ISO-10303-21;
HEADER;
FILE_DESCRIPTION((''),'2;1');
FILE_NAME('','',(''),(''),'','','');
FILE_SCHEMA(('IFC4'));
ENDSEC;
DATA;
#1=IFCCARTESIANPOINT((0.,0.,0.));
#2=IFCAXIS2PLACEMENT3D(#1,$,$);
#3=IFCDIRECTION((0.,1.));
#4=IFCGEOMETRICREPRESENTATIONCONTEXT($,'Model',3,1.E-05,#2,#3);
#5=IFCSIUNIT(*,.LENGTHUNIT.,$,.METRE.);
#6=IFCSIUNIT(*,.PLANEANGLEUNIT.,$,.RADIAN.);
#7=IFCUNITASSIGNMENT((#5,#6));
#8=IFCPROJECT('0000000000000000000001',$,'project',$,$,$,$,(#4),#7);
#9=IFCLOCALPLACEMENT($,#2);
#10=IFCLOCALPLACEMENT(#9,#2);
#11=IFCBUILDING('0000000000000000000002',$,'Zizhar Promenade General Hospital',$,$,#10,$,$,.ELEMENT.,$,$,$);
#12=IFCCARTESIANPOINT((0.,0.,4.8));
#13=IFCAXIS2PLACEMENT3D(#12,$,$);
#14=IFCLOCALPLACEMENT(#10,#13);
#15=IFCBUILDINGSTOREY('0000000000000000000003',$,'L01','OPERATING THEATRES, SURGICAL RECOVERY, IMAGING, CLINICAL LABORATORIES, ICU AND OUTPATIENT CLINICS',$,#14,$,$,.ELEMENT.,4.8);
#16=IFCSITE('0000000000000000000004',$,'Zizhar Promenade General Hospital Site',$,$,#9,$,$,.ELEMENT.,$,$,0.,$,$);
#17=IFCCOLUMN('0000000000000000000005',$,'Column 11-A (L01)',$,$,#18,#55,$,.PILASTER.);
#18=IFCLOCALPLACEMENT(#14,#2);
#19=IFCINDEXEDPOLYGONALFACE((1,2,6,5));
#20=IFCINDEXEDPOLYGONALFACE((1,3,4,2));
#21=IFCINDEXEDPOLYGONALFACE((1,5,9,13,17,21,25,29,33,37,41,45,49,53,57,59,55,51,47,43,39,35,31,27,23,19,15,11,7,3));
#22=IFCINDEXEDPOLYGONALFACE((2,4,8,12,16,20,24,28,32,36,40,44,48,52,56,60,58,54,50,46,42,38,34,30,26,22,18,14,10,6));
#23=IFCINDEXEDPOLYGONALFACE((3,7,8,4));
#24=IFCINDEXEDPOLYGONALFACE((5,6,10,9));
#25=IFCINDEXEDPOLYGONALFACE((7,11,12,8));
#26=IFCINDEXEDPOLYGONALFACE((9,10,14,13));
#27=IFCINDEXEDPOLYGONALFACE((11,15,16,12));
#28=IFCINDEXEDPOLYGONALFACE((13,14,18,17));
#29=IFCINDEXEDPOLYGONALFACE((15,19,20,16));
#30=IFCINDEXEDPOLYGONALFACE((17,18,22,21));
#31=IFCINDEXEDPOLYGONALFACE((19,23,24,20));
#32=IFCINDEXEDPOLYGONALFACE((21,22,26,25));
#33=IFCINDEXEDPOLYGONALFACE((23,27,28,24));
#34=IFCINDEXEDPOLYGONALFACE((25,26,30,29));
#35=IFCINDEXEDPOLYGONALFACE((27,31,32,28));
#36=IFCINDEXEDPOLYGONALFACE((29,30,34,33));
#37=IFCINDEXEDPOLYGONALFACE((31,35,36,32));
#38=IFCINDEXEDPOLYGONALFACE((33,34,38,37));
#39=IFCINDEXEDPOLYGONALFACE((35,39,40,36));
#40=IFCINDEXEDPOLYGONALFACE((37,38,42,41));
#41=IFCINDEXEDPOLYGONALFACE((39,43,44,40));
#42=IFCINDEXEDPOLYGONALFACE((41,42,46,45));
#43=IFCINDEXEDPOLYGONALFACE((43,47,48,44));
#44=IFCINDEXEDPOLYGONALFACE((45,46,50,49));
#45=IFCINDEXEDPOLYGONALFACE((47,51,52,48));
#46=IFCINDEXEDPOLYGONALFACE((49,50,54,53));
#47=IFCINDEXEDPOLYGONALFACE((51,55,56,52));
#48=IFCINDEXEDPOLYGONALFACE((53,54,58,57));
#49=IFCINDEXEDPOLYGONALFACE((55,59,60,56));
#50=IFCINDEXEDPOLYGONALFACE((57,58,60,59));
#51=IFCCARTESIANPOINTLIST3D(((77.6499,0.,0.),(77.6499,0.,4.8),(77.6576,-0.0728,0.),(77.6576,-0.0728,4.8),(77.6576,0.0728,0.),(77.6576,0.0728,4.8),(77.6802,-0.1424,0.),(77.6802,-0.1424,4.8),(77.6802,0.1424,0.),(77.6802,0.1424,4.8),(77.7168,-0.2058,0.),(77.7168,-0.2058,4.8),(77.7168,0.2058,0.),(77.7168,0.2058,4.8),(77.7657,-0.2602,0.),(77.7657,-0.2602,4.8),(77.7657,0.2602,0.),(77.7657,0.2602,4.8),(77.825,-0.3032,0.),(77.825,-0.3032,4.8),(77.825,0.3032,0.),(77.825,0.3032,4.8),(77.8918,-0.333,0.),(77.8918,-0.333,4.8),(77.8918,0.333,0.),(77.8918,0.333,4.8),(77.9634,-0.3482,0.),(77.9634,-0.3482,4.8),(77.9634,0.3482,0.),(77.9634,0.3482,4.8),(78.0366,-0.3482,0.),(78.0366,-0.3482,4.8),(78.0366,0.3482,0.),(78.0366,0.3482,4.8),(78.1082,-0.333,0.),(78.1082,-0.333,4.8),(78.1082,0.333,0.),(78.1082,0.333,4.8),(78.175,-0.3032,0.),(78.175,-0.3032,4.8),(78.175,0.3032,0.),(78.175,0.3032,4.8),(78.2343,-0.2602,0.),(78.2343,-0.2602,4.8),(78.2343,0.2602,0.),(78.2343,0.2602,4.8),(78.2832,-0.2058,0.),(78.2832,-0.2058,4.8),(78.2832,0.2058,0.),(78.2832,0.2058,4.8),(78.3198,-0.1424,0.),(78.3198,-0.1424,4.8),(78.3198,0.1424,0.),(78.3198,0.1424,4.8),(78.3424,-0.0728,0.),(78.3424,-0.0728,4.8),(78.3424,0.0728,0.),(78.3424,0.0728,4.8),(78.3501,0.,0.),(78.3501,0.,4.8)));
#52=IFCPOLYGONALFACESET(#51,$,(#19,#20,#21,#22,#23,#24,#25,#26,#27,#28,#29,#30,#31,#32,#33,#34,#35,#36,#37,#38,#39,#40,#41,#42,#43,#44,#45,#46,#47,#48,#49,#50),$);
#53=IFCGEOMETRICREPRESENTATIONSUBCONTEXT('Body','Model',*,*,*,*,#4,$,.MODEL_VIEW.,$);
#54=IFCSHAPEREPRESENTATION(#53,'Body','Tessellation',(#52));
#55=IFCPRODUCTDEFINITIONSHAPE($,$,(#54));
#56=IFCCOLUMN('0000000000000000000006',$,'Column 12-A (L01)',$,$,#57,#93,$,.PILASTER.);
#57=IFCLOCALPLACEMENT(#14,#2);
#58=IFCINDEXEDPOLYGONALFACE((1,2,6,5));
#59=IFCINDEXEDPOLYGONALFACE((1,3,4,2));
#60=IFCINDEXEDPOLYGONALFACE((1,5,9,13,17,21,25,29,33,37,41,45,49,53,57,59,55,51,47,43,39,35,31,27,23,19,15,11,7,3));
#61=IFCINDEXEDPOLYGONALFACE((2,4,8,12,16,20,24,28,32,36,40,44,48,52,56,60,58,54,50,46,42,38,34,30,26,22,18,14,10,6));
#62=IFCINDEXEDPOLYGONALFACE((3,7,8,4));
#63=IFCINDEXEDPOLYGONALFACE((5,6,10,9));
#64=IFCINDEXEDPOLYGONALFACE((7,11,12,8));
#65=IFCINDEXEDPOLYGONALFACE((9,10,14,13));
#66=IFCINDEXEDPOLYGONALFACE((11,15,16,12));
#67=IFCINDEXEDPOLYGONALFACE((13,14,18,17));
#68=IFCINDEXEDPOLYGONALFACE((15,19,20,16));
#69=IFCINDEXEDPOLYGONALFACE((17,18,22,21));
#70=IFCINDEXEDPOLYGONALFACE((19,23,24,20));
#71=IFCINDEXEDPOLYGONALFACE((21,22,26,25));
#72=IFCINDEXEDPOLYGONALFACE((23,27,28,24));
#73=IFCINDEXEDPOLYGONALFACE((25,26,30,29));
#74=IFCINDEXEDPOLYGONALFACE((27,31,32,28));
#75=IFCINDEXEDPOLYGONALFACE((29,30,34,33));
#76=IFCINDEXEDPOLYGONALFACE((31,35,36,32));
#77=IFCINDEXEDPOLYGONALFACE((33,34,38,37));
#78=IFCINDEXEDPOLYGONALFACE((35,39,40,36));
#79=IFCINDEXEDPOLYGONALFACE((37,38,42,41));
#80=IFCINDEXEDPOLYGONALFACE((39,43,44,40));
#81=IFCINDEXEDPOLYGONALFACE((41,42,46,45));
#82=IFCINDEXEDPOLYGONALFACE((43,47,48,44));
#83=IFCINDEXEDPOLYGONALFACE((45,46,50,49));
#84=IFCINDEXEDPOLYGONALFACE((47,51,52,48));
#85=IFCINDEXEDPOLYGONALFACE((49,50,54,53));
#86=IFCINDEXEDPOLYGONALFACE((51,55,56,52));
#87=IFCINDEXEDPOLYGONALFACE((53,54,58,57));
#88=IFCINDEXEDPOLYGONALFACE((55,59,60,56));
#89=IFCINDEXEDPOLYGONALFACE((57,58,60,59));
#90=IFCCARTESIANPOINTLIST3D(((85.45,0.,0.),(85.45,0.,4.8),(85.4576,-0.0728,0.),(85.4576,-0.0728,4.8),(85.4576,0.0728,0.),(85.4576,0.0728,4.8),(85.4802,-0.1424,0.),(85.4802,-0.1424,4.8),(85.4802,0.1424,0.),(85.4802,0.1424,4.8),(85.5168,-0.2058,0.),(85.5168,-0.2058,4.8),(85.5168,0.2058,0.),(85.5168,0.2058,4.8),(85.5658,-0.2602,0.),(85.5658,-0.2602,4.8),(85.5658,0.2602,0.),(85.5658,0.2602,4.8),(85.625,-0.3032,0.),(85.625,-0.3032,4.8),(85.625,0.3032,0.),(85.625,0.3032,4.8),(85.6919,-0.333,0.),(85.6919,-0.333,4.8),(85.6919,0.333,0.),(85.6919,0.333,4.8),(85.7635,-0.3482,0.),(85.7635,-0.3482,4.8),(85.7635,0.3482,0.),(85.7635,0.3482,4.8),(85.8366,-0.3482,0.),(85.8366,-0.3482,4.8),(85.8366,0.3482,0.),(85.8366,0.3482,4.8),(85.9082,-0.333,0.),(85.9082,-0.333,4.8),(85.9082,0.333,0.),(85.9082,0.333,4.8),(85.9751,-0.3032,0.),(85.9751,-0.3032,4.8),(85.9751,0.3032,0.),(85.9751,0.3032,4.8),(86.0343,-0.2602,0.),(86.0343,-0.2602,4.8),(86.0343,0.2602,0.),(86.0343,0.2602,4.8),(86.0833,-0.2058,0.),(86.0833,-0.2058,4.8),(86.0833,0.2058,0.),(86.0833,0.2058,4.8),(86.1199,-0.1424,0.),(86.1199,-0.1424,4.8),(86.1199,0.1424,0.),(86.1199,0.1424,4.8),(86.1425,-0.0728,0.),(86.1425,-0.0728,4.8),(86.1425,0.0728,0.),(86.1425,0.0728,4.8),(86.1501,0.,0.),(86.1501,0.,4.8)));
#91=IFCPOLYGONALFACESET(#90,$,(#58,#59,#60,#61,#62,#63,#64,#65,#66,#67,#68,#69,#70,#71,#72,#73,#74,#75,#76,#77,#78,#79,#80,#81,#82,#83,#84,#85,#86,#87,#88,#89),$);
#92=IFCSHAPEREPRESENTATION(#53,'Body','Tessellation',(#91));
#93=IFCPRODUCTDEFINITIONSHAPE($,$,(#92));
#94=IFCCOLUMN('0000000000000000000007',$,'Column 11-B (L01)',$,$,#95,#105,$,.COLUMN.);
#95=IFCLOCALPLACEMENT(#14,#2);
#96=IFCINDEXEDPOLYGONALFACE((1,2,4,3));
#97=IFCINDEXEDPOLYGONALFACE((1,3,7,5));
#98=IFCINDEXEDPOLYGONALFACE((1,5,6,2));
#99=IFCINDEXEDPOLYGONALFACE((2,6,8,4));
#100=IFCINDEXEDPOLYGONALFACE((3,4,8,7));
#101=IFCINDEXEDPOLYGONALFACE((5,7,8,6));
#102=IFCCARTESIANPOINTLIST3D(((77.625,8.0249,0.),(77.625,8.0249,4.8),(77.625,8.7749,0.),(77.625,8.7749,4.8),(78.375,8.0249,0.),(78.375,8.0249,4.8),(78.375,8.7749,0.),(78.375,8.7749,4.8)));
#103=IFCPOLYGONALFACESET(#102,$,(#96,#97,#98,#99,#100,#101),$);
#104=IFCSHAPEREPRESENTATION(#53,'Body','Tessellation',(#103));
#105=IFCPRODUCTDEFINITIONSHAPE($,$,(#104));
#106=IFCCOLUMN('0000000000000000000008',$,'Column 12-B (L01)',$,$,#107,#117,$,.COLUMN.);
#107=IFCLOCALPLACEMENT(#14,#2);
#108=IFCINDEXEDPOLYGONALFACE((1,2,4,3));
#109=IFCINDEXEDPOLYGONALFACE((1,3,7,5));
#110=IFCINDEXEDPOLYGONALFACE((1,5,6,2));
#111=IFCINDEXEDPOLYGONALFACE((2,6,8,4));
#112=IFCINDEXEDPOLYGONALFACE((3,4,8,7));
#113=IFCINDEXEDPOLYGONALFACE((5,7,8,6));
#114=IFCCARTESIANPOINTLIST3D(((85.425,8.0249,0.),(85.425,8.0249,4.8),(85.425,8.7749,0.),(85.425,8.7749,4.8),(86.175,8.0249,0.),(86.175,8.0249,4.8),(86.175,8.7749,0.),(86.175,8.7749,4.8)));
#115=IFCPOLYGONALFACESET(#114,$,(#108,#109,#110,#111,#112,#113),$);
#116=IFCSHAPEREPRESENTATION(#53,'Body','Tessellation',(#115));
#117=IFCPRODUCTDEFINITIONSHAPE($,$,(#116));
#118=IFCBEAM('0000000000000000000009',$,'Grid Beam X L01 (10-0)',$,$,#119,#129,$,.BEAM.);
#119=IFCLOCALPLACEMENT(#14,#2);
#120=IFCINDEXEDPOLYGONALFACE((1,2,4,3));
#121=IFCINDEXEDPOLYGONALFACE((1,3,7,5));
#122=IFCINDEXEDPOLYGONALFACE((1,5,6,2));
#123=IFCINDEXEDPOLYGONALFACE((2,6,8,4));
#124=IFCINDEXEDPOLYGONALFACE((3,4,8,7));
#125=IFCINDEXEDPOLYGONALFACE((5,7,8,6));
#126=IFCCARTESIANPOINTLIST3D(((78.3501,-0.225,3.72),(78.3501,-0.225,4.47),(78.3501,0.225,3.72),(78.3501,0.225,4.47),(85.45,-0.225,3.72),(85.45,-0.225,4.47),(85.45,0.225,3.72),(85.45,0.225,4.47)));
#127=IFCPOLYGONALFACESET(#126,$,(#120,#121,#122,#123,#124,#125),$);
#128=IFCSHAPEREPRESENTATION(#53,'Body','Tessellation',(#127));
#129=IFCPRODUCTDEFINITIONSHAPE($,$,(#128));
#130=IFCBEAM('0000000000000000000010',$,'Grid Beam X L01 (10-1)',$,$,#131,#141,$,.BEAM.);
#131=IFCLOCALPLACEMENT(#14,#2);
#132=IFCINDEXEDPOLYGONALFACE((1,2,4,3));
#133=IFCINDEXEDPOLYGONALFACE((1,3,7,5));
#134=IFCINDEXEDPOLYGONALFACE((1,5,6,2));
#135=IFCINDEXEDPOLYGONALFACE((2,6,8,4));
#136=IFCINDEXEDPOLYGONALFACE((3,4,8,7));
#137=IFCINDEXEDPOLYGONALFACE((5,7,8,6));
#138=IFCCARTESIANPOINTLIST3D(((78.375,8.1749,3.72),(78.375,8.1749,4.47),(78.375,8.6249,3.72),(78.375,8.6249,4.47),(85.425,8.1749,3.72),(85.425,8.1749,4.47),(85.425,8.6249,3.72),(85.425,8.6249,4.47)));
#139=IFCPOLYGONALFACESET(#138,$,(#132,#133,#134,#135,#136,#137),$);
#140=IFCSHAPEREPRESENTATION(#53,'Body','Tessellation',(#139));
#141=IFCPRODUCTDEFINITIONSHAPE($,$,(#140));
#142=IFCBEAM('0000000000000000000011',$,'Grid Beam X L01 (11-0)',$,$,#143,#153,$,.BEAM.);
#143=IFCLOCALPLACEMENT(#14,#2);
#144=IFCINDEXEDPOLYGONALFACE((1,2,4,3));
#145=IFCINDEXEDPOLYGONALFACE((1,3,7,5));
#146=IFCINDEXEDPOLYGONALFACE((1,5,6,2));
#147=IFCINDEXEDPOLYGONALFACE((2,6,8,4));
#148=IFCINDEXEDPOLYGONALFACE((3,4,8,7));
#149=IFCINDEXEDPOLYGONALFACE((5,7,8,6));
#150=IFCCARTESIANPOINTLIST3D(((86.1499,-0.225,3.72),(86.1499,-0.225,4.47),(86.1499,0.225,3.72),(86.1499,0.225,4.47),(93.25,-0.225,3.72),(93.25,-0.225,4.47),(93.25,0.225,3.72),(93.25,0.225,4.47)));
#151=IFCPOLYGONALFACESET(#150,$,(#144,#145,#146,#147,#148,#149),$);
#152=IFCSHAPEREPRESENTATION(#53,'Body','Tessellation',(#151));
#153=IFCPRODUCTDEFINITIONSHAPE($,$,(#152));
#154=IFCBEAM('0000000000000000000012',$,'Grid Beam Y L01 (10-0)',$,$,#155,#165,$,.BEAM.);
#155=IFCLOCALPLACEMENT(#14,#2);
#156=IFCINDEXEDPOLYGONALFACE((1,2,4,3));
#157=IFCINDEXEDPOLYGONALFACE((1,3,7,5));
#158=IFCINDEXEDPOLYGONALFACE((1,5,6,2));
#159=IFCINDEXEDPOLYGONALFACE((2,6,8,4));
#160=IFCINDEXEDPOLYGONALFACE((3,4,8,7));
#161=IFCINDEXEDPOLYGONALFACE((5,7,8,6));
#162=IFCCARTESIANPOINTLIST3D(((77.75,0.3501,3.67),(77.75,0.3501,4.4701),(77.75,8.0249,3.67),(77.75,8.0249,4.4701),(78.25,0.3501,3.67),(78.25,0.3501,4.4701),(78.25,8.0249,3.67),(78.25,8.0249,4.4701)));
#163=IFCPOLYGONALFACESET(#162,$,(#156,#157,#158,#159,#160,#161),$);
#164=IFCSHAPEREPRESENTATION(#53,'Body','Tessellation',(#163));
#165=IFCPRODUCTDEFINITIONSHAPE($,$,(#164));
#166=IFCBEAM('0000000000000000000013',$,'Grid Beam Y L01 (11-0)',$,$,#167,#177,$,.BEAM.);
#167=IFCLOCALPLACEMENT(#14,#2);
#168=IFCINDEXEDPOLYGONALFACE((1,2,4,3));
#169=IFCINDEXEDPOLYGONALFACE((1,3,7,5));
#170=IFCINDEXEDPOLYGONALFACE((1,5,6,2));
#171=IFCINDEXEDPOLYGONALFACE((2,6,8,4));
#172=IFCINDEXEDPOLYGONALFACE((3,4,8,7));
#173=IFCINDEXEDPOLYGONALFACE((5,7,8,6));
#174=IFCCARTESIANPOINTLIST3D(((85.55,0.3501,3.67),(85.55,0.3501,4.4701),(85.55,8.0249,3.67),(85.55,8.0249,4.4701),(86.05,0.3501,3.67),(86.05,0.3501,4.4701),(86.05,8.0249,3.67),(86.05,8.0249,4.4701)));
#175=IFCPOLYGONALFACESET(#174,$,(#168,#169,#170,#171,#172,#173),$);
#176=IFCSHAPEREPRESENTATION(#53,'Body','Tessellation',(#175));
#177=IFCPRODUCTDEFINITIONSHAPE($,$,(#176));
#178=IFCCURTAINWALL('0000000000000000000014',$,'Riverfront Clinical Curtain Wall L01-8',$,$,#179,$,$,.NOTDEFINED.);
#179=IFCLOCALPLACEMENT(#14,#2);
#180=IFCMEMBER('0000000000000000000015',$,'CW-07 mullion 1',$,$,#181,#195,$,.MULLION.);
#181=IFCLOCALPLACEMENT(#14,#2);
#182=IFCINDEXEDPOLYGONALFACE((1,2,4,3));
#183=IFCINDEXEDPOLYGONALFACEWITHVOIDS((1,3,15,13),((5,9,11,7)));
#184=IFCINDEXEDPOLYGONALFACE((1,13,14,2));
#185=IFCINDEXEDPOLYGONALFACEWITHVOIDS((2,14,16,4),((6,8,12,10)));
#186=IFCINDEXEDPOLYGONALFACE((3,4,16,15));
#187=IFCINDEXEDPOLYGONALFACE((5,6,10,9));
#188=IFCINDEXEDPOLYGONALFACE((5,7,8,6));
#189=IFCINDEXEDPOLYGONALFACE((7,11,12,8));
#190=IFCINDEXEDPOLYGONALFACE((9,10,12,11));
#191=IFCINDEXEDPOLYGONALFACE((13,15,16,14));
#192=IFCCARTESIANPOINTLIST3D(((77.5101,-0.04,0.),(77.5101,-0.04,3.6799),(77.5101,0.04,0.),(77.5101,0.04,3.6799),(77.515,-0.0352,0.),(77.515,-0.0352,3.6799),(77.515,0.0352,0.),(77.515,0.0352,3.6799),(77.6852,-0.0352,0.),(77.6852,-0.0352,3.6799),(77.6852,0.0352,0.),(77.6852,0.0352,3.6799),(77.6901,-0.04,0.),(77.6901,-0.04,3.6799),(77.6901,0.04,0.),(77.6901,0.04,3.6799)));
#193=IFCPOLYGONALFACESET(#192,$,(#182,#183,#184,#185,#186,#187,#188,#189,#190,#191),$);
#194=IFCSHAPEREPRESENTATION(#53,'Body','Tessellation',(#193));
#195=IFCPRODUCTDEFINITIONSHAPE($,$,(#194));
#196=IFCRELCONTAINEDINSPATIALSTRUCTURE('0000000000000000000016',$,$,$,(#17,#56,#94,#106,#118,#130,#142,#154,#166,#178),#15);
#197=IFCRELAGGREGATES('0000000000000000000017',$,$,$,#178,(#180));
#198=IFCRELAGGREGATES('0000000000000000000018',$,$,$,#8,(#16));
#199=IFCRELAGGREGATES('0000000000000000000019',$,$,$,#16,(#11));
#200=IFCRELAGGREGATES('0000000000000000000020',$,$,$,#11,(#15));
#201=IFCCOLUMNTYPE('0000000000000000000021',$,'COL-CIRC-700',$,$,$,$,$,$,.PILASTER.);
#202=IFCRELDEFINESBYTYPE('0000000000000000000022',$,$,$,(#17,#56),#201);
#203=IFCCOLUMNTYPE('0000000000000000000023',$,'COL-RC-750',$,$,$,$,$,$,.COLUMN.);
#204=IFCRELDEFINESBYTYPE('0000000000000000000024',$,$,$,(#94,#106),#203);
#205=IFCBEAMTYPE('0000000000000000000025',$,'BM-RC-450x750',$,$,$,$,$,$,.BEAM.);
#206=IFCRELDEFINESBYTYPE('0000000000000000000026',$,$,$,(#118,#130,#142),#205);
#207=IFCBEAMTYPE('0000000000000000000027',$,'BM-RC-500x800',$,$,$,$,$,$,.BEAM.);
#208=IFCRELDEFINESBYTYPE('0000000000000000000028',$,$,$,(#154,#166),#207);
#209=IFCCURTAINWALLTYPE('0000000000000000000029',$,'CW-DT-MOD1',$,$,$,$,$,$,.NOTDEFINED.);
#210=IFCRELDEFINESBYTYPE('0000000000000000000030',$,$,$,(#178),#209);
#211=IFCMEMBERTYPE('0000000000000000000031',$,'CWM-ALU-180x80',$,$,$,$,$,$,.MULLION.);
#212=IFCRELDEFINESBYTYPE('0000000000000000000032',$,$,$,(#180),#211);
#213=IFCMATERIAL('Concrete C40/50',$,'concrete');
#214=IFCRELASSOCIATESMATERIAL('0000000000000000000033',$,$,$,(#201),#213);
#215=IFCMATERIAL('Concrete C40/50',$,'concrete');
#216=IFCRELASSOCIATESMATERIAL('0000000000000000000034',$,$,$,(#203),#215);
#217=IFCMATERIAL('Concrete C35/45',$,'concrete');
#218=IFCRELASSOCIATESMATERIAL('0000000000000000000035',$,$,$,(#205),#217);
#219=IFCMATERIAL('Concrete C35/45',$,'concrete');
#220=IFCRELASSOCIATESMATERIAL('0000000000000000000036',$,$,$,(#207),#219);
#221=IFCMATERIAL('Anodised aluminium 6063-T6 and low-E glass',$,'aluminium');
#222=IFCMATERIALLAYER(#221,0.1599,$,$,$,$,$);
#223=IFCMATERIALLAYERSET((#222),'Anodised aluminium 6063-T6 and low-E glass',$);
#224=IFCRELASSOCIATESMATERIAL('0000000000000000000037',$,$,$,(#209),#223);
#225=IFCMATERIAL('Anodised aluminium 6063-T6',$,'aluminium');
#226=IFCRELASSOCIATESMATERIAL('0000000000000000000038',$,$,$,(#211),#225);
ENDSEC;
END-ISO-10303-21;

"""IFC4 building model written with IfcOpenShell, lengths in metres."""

from ifc_helpers import new_model, si_unit, direction, frame, origin, origin_2d, place, context, subcontext, project, spatial, rectangle, hollow_rectangle, circle, extrude, material, layer, layer_set, material_profile, profile_set, type_object, element, aggregate, save


model = new_model("IFC4")

# Units and contexts
model_context = context("Model", 3, precision=1e-05, world=origin(), true_north=direction((0.0, 1.0)))
body_context = subcontext(model_context, "Body", "Model", "MODEL_VIEW")
ifc_project = project(units=[si_unit("LENGTHUNIT", "METRE"), si_unit("PLANEANGLEUNIT", "RADIAN")], contexts=[model_context])

# Site, building, storey
site_placement = place(None, origin())
site = spatial("IfcSite", under=ifc_project, at=site_placement, Name="Zizhar Promenade General Hospital Site", CompositionType="ELEMENT", RefElevation=0.0)
building_placement = place(site_placement, origin())
building = spatial("IfcBuilding", under=site, at=building_placement, Name="Zizhar Promenade General Hospital", CompositionType="ELEMENT")
storey_placement = place(building_placement, frame((0.0, 0.0, 4.8)))
storey = spatial("IfcBuildingStorey", under=building, at=storey_placement, Name="L01", Description="OPERATING THEATRES, SURGICAL RECOVERY, IMAGING, CLINICAL LABORATORIES, ICU AND OUTPATIENT CLINICS", CompositionType="ELEMENT", Elevation=4.8)

# Columns
ifc_material_1 = material(Name="Concrete C40/50", Category="concrete")
ifc_material_profile_1 = material_profile(ifc_material_1, circle(Radius=0.3501, at=origin_2d()))
ifc_profile_set_1 = profile_set([ifc_material_profile_1], Name="Concrete C40/50")
column_type_1 = type_object("IfcColumnType", Name="COL-CIRC-700", PredefinedType="PILASTER", material=ifc_profile_set_1)
for number, where, z_axis, x_axis, name in (
    (1, (78.0, 0.0, 0.0), (0.0, 0.0, 1.0), (1.0, 0.0, 0.0), "Column 11-A (L01)"),
    (2, (85.8, 0.0, 0.0), (0.0, 0.0, 1.0), (1.0, 0.0, 0.0), "Column 12-A (L01)"),
):
    element("IfcColumn", number, at=place(storey_placement, frame(where, z_axis=z_axis, x_axis=x_axis)), inside=storey, type_object=column_type_1, Name=name, PredefinedType="PILASTER", context=body_context, shape_type="SweptSolid", body=[
        extrude(circle(Radius=0.3501, at=origin_2d()), origin(), (0.0, 0.0, 1.0), 4.8),
    ])
ifc_material_2 = material(Name="Concrete C40/50", Category="concrete")
ifc_material_profile_2 = material_profile(ifc_material_2, rectangle(XDim=0.75, YDim=0.75, at=origin_2d()))
ifc_profile_set_2 = profile_set([ifc_material_profile_2], Name="Concrete C40/50")
column_type_2 = type_object("IfcColumnType", Name="COL-RC-750", PredefinedType="COLUMN", material=ifc_profile_set_2)
for number, where, z_axis, x_axis, name in (
    (3, (78.0, 8.3999, 0.0), (0.0, 0.0, 1.0), (1.0, 0.0, 0.0), "Column 11-B (L01)"),
    (4, (85.8, 8.3999, 0.0), (0.0, 0.0, 1.0), (1.0, 0.0, 0.0), "Column 12-B (L01)"),
):
    element("IfcColumn", number, at=place(storey_placement, frame(where, z_axis=z_axis, x_axis=x_axis)), inside=storey, type_object=column_type_2, Name=name, PredefinedType="COLUMN", context=body_context, shape_type="SweptSolid", body=[
        extrude(rectangle(XDim=0.75, YDim=0.75, at=origin_2d()), origin(), (0.0, 0.0, 1.0), 4.8),
    ])

# Beams
ifc_material_3 = material(Name="Concrete C35/45", Category="concrete")
ifc_material_profile_3 = material_profile(ifc_material_3, rectangle(XDim=0.45, YDim=0.75, at=origin_2d()))
ifc_profile_set_3 = profile_set([ifc_material_profile_3], Name="Concrete C35/45")
beam_type_1 = type_object("IfcBeamType", Name="BM-RC-450x750", PredefinedType="BEAM", material=ifc_profile_set_3)
beam_1_placement = place(storey_placement, frame((78.3501, 0.0, 4.095), z_axis=(1.0, 0.0, 0.0), x_axis=(0.0, 1.0, 0.0)))
element("IfcBeam", 5, at=beam_1_placement, inside=storey, type_object=beam_type_1, Name="Grid Beam X L01 (10-0)", PredefinedType="BEAM", context=body_context, shape_type="SweptSolid", body=[
    extrude(rectangle(XDim=0.45, YDim=0.75, at=origin_2d()), origin(), (0.0, 0.0, 1.0), 7.0999),
])
beam_2_placement = place(storey_placement, frame((78.375, 8.3999, 4.095), z_axis=(1.0, 0.0, 0.0), x_axis=(0.0, 1.0, 0.0)))
element("IfcBeam", 6, at=beam_2_placement, inside=storey, type_object=beam_type_1, Name="Grid Beam X L01 (10-1)", PredefinedType="BEAM", context=body_context, shape_type="SweptSolid", body=[
    extrude(rectangle(XDim=0.45, YDim=0.75, at=origin_2d()), origin(), (0.0, 0.0, 1.0), 7.05),
])
beam_3_placement = place(storey_placement, frame((86.1499, 0.0, 4.095), z_axis=(1.0, 0.0, 0.0), x_axis=(0.0, 1.0, 0.0)))
element("IfcBeam", 7, at=beam_3_placement, inside=storey, type_object=beam_type_1, Name="Grid Beam X L01 (11-0)", PredefinedType="BEAM", context=body_context, shape_type="SweptSolid", body=[
    extrude(rectangle(XDim=0.45, YDim=0.75, at=origin_2d()), origin(), (0.0, 0.0, 1.0), 7.1001),
])
ifc_material_4 = material(Name="Concrete C35/45", Category="concrete")
ifc_material_profile_4 = material_profile(ifc_material_4, rectangle(XDim=0.5, YDim=0.8, at=origin_2d()))
ifc_profile_set_4 = profile_set([ifc_material_profile_4], Name="Concrete C35/45")
beam_type_2 = type_object("IfcBeamType", Name="BM-RC-500x800", PredefinedType="BEAM", material=ifc_profile_set_4)
for number, where, z_axis, x_axis, name in (
    (8, (78.0, 0.3501, 4.0701), (0.0, 1.0, 0.0), (-1.0, 0.0, 0.0), "Grid Beam Y L01 (10-0)"),
    (9, (85.8, 0.3501, 4.0701), (0.0, 1.0, 0.0), (-1.0, 0.0, 0.0), "Grid Beam Y L01 (11-0)"),
):
    element("IfcBeam", number, at=place(storey_placement, frame(where, z_axis=z_axis, x_axis=x_axis)), inside=storey, type_object=beam_type_2, Name=name, PredefinedType="BEAM", context=body_context, shape_type="SweptSolid", body=[
        extrude(rectangle(XDim=0.5, YDim=0.8, at=origin_2d()), origin(), (0.0, 0.0, 1.0), 7.6748),
    ])

# Curtain wall, member
ifc_material_5 = material(Name="Anodised aluminium 6063-T6 and low-E glass", Category="aluminium")
ifc_layer_1 = layer(ifc_material_5, 0.1599)
ifc_layer_set_1 = layer_set([ifc_layer_1], Name="Anodised aluminium 6063-T6 and low-E glass")
curtain_wall_type = type_object("IfcCurtainWallType", Name="CW-DT-MOD1", PredefinedType="NOTDEFINED", material=ifc_layer_set_1)
curtain_wall_1_placement = place(storey_placement, origin())
curtain_wall_1 = element("IfcCurtainWall", 10, at=curtain_wall_1_placement, inside=storey, type_object=curtain_wall_type, Name="Riverfront Clinical Curtain Wall L01-8", PredefinedType="NOTDEFINED")
ifc_material_6 = material(Name="Anodised aluminium 6063-T6", Category="aluminium")
ifc_material_profile_5 = material_profile(ifc_material_6, hollow_rectangle(XDim=0.0801, YDim=0.1799, WallThickness=0.0049, at=origin_2d()))
ifc_profile_set_5 = profile_set([ifc_material_profile_5], Name="Anodised aluminium 6063-T6")
member_type_1 = type_object("IfcMemberType", Name="CWM-ALU-180x80", PredefinedType="MULLION", material=ifc_profile_set_5)
member_1_placement = place(storey_placement, frame((77.6001, 0.0, 0.0), z_axis=(0.0, 0.0, 1.0), x_axis=(0.0, -1.0, 0.0)))
member_1 = element("IfcMember", 11, at=member_1_placement, type_object=member_type_1, Name="CW-07 mullion 1", PredefinedType="MULLION", context=body_context, shape_type="SweptSolid", body=[
    extrude(hollow_rectangle(XDim=0.0801, YDim=0.1799, WallThickness=0.0049, at=origin_2d()), origin(), (0.0, 0.0, 1.0), 3.6799),
])

aggregate(curtain_wall_1, [member_1])

save(model, "model.ifc")
